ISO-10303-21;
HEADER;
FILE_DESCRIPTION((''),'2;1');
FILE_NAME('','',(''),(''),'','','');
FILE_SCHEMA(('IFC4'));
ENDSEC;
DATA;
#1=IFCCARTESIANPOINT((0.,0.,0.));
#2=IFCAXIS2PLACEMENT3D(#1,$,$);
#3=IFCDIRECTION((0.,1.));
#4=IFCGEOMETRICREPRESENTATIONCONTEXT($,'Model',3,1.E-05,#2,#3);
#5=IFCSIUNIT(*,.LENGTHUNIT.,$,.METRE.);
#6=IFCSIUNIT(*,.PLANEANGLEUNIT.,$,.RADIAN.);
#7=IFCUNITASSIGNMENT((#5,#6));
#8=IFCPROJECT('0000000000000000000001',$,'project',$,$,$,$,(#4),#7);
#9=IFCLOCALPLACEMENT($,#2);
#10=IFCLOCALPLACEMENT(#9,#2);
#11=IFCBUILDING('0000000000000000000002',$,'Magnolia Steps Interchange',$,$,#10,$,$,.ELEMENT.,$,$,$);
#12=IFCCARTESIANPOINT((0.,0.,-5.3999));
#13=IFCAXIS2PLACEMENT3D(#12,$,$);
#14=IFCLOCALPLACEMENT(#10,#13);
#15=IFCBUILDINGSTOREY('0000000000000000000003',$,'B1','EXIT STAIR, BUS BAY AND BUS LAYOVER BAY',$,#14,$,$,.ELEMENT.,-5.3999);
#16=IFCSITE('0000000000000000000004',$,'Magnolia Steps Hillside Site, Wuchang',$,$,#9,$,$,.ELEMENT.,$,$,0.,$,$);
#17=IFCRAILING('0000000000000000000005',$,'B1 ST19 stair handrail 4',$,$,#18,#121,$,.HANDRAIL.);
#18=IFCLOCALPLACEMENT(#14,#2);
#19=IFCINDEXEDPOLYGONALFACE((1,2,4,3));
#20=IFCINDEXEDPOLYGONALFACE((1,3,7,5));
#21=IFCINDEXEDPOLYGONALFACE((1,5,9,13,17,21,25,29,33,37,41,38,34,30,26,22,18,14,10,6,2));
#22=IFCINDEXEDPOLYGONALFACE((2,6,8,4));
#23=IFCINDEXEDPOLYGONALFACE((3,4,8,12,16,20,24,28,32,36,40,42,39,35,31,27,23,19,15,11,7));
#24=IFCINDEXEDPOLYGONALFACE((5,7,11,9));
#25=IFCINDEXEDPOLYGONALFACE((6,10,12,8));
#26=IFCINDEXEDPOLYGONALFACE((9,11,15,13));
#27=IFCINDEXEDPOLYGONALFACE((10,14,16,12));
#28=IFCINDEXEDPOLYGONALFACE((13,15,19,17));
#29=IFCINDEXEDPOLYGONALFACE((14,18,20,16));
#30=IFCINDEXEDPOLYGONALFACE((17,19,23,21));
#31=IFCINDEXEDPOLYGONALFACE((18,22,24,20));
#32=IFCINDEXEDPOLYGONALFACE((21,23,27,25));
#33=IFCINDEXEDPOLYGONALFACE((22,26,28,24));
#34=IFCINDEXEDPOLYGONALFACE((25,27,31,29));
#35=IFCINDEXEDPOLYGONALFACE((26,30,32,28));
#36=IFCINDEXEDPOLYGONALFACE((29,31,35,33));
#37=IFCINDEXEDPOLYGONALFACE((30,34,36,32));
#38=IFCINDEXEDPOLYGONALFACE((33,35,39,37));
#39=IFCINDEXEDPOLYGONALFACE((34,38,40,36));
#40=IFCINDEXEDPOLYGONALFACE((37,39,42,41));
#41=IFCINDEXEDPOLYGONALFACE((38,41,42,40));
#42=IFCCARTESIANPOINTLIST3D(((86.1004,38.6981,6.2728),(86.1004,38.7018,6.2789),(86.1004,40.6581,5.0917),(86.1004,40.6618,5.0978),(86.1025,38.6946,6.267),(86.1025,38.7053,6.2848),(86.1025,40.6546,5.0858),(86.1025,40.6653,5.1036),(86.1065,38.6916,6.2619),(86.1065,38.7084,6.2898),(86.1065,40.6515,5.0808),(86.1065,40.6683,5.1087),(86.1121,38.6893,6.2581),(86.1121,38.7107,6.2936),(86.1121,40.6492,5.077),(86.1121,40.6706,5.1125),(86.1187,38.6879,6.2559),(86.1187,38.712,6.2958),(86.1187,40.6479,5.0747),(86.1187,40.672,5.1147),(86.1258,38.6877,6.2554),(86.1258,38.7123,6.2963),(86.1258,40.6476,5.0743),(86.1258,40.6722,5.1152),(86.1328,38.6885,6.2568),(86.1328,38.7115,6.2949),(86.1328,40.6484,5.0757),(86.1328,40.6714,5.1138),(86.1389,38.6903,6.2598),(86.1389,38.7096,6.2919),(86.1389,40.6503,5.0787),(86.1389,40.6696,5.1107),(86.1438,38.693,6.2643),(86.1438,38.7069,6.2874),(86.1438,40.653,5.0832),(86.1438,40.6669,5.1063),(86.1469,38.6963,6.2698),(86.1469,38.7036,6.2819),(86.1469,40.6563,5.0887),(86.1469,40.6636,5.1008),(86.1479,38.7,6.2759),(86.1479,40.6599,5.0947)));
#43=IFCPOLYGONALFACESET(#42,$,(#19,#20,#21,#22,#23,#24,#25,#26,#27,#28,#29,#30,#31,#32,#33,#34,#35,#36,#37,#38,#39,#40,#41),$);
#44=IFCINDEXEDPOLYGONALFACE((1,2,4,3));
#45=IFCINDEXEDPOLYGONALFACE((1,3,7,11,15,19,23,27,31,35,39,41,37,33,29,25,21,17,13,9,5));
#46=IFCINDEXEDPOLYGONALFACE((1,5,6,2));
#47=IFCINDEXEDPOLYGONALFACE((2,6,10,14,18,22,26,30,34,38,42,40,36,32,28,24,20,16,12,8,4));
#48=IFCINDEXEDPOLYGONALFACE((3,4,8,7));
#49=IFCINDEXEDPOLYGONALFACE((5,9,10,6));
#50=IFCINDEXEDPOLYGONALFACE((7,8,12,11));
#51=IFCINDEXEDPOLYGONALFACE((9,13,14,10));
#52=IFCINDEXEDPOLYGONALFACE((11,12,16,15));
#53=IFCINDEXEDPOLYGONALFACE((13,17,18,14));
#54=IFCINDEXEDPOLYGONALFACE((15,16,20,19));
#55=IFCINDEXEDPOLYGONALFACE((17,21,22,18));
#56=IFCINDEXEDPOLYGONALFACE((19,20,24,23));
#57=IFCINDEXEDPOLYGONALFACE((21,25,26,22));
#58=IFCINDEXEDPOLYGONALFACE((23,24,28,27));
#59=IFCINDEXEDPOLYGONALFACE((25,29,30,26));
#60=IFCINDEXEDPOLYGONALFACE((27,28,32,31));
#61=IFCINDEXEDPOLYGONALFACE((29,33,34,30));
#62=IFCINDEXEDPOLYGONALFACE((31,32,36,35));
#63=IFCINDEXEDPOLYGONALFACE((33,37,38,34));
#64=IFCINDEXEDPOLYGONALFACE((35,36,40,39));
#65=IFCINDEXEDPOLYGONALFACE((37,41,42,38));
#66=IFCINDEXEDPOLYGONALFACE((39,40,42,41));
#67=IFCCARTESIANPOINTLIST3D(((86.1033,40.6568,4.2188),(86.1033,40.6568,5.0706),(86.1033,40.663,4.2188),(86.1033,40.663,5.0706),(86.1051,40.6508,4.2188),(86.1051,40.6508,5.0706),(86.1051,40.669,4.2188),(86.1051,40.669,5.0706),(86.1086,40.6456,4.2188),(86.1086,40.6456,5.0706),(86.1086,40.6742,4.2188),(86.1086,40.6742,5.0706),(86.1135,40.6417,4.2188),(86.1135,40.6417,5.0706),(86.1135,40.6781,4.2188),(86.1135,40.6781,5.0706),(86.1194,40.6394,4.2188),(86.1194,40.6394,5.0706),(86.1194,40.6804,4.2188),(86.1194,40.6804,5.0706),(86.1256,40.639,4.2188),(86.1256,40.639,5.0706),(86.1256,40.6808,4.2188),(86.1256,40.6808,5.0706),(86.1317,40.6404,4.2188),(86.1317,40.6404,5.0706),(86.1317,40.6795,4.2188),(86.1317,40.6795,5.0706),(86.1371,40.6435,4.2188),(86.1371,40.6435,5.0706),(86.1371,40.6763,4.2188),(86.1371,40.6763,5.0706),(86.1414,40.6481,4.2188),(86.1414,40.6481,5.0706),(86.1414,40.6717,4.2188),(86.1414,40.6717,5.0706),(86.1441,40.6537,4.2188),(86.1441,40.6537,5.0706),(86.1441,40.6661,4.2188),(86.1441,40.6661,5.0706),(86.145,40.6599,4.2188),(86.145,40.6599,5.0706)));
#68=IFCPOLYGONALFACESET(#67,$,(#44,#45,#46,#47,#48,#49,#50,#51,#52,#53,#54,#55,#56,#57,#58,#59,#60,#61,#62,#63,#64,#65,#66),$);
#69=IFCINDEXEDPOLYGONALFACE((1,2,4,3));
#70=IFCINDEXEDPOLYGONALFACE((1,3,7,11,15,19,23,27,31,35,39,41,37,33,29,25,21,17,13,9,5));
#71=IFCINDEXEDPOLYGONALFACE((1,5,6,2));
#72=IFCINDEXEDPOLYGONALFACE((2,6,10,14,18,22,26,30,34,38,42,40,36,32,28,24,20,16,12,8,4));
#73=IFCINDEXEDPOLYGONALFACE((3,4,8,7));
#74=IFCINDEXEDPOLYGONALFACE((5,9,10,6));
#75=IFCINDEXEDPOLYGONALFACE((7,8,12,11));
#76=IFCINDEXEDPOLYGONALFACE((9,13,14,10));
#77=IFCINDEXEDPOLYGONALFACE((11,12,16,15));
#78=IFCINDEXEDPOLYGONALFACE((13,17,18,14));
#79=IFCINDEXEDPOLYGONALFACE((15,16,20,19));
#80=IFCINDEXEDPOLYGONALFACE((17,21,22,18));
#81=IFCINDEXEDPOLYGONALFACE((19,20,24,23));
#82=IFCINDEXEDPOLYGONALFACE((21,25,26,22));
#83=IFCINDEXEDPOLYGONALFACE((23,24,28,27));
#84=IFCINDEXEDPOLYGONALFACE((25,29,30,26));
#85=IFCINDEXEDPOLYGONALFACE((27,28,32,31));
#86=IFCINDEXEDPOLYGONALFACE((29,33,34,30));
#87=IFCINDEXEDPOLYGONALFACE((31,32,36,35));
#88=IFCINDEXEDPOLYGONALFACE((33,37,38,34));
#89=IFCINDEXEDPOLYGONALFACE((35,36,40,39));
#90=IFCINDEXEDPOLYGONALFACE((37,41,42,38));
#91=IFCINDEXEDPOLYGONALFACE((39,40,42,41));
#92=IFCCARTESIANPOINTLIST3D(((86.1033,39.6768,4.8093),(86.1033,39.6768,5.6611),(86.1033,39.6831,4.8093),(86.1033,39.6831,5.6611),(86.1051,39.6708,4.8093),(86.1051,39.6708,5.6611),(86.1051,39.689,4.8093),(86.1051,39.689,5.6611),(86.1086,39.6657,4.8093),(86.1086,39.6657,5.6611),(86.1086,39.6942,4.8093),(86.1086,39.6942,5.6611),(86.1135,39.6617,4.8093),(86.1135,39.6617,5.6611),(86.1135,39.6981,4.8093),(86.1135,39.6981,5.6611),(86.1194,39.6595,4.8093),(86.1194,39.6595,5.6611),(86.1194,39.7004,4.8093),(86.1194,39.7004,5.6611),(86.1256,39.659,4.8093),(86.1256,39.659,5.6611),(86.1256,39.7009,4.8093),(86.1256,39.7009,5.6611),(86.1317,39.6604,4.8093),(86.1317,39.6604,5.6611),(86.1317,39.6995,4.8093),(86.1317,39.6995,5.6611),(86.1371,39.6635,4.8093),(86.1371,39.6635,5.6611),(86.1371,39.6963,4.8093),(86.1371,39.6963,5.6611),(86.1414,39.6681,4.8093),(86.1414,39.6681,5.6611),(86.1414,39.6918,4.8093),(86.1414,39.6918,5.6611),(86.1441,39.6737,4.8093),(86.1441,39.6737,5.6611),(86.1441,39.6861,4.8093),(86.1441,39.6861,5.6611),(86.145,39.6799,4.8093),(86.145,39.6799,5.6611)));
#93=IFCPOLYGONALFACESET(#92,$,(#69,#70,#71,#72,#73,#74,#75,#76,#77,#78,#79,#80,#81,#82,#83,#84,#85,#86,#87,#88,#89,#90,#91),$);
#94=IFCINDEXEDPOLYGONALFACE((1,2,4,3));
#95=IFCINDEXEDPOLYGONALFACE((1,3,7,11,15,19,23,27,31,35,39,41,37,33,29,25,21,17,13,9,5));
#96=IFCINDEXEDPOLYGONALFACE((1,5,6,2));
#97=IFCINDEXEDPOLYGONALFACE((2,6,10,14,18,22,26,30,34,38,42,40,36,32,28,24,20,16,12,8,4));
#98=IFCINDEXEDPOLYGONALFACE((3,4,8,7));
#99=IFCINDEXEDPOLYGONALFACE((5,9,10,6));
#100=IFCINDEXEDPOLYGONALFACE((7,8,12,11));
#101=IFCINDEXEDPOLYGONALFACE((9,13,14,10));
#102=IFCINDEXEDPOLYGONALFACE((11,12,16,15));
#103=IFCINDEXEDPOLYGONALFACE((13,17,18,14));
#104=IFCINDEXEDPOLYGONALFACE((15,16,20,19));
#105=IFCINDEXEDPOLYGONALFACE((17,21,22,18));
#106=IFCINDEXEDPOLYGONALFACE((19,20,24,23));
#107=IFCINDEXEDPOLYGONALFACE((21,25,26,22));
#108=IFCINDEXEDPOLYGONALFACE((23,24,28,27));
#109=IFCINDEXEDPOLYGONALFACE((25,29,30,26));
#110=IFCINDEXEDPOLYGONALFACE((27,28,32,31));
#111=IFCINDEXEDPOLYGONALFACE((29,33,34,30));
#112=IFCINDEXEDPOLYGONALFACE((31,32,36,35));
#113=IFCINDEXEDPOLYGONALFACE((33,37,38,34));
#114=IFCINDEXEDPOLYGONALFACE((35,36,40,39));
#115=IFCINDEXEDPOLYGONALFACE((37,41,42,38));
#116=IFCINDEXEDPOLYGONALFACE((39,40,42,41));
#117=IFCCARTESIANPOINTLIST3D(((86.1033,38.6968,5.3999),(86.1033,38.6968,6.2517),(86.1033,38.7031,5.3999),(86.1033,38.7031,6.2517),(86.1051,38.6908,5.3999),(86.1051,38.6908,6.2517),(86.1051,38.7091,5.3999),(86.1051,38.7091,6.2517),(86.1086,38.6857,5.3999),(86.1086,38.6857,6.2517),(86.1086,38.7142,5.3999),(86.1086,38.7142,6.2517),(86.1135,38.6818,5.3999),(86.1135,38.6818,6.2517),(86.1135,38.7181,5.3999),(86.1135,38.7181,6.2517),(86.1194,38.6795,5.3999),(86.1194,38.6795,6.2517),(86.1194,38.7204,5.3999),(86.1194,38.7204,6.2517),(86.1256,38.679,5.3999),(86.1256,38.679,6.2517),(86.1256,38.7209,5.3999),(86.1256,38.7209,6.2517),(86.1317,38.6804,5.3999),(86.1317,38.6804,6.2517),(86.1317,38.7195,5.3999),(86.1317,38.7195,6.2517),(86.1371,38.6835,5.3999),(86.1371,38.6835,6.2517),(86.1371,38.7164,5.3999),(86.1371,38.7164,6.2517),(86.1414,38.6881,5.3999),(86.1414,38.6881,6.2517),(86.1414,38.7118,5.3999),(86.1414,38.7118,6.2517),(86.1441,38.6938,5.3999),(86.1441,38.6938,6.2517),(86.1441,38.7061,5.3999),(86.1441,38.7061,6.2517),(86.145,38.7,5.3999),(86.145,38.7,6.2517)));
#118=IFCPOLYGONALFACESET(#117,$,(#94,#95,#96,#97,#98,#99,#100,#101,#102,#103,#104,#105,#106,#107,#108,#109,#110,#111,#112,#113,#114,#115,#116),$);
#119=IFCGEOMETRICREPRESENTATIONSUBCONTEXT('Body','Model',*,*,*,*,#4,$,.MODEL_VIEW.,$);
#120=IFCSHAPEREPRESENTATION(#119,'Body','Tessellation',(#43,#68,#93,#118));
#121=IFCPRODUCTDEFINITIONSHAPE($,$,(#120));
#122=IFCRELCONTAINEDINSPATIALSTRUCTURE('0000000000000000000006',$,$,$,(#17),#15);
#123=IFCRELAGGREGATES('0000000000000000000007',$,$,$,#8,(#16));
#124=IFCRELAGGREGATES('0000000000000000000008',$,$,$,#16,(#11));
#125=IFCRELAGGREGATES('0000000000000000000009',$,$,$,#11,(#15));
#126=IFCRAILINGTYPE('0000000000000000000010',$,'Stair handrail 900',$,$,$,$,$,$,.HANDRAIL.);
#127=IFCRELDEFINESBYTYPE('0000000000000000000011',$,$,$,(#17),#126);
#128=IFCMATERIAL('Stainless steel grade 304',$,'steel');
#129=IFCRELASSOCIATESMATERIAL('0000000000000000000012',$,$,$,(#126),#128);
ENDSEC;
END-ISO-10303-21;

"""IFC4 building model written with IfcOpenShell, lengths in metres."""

from ifc_helpers import new_model, si_unit, direction, frame, origin, origin_2d, place, context, subcontext, project, spatial, circle, extrude, material, type_object, element, save


model = new_model("IFC4")

# Units and contexts
model_context = context("Model", 3, precision=1e-05, world=origin(), true_north=direction((0.0, 1.0)))
body_context = subcontext(model_context, "Body", "Model", "MODEL_VIEW")
ifc_project = project(units=[si_unit("LENGTHUNIT", "METRE"), si_unit("PLANEANGLEUNIT", "RADIAN")], contexts=[model_context])

# Site, building, storey
site_placement = place(None, origin())
site = spatial("IfcSite", under=ifc_project, at=site_placement, Name="Magnolia Steps Hillside Site, Wuchang", CompositionType="ELEMENT", RefElevation=0.0)
building_placement = place(site_placement, origin())
building = spatial("IfcBuilding", under=site, at=building_placement, Name="Magnolia Steps Interchange", CompositionType="ELEMENT")
storey_placement = place(building_placement, frame((0.0, 0.0, -5.3999)))
storey = spatial("IfcBuildingStorey", under=building, at=storey_placement, Name="B1", Description="EXIT STAIR, BUS BAY AND BUS LAYOVER BAY", CompositionType="ELEMENT", Elevation=-5.3999)

# Railing
ifc_material_1 = material(Name="Stainless steel grade 304", Category="steel")
railing_type_1 = type_object("IfcRailingType", Name="Stair handrail 900", PredefinedType="HANDRAIL", material=ifc_material_1)
railing_1_placement = place(storey_placement, frame((86.124, 40.6599, 4.2188)))
element("IfcRailing", 1, at=railing_1_placement, inside=storey, type_object=railing_type_1, Name="B1 ST19 stair handrail 4", PredefinedType="HANDRAIL", context=body_context, shape_type="SweptSolid", body=[
    extrude(circle(Radius=0.0239, at=origin_2d()), frame((0.0, 0.0, 0.876), z_axis=(0.0, -0.856493, 0.516158), x_axis=(1.0, 0.0, 0.0)), (0.0, 0.0, 1.0), 2.2883),
    extrude(circle(Radius=0.021, at=origin_2d()), origin(), (0.0, 0.0, 1.0), 0.8518),
    extrude(circle(Radius=0.021, at=origin_2d()), frame((0.0, -0.98, 0.5906)), (0.0, 0.0, 1.0), 0.8518),
    extrude(circle(Radius=0.021, at=origin_2d()), frame((0.0, -1.96, 1.1812)), (0.0, 0.0, 1.0), 0.8518),
])

save(model, "model.ifc")
